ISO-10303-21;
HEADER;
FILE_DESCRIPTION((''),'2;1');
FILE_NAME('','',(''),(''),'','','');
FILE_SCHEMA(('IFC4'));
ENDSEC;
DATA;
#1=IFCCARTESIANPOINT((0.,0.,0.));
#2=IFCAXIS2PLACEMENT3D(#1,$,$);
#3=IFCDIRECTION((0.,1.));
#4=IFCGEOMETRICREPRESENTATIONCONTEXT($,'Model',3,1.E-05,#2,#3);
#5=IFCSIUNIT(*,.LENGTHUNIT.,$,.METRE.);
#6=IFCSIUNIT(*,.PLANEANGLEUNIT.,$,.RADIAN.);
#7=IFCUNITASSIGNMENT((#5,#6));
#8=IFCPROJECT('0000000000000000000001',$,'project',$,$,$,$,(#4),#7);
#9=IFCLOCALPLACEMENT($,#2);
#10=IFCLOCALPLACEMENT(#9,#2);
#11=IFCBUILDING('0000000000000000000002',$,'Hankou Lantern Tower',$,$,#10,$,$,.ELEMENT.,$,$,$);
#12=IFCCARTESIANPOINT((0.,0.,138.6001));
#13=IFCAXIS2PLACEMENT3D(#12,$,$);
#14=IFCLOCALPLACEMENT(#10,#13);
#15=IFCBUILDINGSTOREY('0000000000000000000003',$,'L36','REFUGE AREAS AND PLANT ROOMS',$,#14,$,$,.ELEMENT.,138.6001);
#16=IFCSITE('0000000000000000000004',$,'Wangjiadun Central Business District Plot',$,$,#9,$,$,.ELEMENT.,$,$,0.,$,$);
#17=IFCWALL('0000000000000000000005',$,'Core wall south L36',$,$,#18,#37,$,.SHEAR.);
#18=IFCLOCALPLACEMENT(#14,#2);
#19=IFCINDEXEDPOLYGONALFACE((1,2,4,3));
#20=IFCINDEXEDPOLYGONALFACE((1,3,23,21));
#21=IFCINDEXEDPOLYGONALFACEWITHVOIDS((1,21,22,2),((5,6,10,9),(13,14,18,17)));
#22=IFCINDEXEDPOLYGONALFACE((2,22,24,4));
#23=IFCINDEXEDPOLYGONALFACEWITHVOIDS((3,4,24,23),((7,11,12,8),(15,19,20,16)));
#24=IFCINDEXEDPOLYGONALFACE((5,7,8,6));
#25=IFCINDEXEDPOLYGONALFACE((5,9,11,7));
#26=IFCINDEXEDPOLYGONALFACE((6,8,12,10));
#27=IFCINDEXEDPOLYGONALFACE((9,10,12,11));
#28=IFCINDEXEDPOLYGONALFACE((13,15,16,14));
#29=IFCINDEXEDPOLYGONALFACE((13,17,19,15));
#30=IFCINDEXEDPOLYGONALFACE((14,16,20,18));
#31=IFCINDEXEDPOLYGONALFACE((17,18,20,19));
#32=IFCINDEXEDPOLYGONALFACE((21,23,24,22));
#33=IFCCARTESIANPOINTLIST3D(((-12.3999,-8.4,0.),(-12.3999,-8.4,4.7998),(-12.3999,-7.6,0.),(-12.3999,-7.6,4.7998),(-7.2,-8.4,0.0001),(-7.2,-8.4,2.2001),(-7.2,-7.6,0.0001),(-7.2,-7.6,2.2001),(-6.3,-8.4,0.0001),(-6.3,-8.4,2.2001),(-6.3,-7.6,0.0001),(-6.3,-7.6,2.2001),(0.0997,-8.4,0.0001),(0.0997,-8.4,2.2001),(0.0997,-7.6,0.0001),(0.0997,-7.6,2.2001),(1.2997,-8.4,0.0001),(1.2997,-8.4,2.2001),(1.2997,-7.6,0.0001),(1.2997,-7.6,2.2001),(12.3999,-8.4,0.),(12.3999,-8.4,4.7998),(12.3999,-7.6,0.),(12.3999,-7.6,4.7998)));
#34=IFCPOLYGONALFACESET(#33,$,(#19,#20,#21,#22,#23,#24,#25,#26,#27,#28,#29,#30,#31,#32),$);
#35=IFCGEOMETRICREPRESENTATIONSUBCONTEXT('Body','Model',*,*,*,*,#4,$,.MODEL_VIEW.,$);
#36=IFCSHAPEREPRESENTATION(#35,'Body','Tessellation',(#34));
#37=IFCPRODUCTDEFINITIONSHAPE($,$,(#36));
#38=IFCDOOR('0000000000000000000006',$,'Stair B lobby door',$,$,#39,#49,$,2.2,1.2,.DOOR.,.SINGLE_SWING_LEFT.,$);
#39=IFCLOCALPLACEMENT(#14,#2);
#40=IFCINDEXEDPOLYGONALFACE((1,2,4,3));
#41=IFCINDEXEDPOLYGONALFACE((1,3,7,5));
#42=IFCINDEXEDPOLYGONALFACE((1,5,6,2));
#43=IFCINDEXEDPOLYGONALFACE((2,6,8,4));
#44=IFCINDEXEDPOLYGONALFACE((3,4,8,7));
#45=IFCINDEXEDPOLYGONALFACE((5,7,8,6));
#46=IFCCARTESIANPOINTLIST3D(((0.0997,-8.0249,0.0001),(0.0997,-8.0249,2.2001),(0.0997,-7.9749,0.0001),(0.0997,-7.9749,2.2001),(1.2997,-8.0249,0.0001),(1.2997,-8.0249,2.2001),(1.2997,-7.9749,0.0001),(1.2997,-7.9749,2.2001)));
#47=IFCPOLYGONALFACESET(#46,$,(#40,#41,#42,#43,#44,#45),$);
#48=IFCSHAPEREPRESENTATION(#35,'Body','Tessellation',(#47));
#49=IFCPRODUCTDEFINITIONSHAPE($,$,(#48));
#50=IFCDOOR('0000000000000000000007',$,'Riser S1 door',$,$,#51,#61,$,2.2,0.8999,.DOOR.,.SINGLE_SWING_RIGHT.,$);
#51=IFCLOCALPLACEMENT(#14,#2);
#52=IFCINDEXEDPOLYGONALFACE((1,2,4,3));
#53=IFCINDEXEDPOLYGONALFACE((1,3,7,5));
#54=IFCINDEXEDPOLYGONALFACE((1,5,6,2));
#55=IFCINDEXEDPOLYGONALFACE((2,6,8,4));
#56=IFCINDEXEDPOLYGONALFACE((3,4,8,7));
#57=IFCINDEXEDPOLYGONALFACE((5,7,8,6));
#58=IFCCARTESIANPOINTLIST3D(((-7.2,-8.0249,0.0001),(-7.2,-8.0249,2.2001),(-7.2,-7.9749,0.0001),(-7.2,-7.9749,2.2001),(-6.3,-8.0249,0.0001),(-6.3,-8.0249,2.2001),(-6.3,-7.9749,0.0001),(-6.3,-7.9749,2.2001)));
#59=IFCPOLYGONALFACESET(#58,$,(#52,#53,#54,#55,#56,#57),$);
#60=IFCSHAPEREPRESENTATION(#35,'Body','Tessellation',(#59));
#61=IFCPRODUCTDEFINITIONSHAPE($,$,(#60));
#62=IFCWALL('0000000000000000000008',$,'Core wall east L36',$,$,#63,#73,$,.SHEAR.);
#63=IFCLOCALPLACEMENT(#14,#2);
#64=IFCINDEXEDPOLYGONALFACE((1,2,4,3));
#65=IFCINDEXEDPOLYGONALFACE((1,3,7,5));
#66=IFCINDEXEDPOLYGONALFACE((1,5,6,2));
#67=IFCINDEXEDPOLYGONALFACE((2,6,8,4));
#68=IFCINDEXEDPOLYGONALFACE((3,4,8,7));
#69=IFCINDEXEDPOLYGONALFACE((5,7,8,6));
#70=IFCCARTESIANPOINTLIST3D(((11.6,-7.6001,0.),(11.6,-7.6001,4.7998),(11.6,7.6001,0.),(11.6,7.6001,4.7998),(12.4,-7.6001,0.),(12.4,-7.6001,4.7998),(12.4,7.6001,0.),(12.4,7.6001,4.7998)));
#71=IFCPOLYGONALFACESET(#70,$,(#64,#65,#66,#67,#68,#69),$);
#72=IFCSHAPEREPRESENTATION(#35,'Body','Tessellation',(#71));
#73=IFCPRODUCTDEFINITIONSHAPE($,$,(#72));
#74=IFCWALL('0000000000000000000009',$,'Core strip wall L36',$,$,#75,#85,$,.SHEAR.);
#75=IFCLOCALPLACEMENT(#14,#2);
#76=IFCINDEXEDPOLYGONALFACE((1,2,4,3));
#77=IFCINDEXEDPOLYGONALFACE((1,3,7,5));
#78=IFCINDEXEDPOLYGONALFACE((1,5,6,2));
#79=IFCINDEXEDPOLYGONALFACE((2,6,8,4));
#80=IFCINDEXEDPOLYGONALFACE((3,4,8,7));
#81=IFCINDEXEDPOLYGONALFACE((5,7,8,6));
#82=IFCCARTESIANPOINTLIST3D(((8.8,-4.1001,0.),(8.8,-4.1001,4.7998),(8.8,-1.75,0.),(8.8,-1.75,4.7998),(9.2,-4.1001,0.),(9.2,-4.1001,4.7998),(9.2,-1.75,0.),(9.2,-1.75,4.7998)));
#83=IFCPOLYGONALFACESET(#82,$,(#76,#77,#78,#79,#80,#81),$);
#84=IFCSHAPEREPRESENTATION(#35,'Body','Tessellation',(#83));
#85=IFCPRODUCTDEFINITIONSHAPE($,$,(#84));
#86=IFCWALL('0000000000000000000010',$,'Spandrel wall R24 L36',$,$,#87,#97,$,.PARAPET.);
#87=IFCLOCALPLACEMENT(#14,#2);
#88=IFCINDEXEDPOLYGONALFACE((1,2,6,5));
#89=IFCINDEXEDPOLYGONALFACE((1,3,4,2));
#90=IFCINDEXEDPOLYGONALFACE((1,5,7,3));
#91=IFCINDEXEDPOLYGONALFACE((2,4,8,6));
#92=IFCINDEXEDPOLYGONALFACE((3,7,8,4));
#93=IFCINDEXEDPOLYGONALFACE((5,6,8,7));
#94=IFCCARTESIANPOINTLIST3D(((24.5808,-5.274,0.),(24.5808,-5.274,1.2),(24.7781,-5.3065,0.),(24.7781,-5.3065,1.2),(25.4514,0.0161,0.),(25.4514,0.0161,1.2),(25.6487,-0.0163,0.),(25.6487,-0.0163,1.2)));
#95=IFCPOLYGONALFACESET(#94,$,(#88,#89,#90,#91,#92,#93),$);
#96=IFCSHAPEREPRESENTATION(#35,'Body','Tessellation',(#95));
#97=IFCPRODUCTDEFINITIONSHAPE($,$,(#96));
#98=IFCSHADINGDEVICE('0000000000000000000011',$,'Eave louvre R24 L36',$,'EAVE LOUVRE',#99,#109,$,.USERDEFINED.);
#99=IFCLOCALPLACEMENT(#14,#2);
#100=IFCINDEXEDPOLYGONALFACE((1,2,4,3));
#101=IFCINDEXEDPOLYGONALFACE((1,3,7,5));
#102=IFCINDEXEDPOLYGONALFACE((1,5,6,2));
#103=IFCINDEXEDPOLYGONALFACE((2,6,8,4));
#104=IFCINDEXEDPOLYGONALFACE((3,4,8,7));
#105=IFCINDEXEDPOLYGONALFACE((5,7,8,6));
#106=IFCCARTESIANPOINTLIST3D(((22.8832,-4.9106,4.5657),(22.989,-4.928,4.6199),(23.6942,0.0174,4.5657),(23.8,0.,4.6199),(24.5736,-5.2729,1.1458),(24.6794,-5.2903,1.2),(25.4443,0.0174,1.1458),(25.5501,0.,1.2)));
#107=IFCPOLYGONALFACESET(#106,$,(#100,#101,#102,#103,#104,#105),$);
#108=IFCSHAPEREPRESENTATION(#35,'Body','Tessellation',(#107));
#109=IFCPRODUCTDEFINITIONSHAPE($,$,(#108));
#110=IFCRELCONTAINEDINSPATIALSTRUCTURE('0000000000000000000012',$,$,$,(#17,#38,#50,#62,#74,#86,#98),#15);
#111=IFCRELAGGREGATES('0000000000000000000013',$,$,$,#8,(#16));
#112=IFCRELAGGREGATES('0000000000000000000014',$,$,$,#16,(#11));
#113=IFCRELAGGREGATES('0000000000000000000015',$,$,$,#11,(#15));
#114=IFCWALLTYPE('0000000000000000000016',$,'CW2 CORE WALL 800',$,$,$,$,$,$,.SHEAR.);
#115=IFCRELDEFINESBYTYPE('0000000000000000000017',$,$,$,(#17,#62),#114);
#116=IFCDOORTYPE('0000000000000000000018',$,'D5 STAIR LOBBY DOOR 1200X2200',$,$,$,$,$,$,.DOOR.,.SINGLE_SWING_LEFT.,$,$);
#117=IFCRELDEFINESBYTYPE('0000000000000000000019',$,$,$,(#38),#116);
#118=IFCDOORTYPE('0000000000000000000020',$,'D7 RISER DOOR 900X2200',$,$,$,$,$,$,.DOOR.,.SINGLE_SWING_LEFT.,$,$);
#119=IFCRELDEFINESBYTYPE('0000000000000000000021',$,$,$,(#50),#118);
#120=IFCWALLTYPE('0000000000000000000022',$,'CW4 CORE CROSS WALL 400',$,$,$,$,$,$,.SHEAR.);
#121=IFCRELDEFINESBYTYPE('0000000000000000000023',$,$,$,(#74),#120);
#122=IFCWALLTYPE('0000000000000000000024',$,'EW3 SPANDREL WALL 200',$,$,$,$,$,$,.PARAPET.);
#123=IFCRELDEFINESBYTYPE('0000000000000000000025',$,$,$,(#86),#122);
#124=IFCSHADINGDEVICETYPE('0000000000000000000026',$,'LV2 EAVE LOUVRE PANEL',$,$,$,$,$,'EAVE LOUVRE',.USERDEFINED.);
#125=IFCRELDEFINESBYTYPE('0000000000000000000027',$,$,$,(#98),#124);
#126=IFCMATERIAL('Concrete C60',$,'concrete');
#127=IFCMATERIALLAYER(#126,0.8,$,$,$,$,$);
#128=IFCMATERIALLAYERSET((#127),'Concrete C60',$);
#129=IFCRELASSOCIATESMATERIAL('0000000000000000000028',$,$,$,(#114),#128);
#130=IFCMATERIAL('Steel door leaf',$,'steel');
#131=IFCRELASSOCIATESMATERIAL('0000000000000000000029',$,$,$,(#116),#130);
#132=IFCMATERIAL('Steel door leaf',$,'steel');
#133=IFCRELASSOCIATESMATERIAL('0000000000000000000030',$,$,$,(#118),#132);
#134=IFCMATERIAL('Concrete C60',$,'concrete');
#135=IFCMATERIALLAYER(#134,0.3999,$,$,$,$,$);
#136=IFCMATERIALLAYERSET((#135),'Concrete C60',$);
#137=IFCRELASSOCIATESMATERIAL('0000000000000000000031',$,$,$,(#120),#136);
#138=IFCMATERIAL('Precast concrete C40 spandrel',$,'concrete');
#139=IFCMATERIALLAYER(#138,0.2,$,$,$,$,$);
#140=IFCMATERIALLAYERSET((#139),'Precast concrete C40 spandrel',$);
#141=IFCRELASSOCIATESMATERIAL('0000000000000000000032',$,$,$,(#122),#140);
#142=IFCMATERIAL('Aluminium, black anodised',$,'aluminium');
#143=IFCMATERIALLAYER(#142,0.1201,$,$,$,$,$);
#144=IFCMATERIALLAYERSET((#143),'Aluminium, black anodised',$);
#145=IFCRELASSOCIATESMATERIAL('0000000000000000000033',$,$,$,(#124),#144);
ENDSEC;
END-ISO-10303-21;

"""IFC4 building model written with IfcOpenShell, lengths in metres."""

from ifc_helpers import new_model, si_unit, direction, frame, frame_2d, origin, place, context, subcontext, project, spatial, polyline, rectangle, outline, extrude, material, layer, layer_set, type_object, element, fill, save


model = new_model("IFC4")

# Units and contexts
model_context = context("Model", 3, precision=1e-05, world=origin(), true_north=direction((0.0, 1.0)))
body_context = subcontext(model_context, "Body", "Model", "MODEL_VIEW")
ifc_project = project(units=[si_unit("LENGTHUNIT", "METRE"), si_unit("PLANEANGLEUNIT", "RADIAN")], contexts=[model_context])

# Site, building, storey
site_placement = place(None, origin())
site = spatial("IfcSite", under=ifc_project, at=site_placement, Name="Wangjiadun Central Business District Plot", CompositionType="ELEMENT", RefElevation=0.0)
building_placement = place(site_placement, origin())
building = spatial("IfcBuilding", under=site, at=building_placement, Name="Hankou Lantern Tower", CompositionType="ELEMENT")
storey_placement = place(building_placement, frame((0.0, 0.0, 138.6001)))
storey = spatial("IfcBuildingStorey", under=building, at=storey_placement, Name="L36", Description="REFUGE AREAS AND PLANT ROOMS", CompositionType="ELEMENT", Elevation=138.6001)

# Wall, openings, doors
ifc_material_1 = material(Name="Concrete C60", Category="concrete")
ifc_layer_1 = layer(ifc_material_1, 0.8)
ifc_layer_set_1 = layer_set([ifc_layer_1], Name="Concrete C60")
wall_type_1 = type_object("IfcWallType", Name="CW2 CORE WALL 800", PredefinedType="SHEAR", material=ifc_layer_set_1)
wall_1_placement = place(storey_placement, frame((12.3999, -8.0, 0.0), z_axis=(0.0, 0.0, 1.0), x_axis=(-1.0, 0.0, 0.0)))
wall_1 = element("IfcWall", 1, at=wall_1_placement, inside=storey, type_object=wall_type_1, Name="Core wall south L36", PredefinedType="SHEAR", context=body_context, shape_type="SweptSolid", body=[
    extrude(rectangle(XDim=24.7998, YDim=0.8, at=frame_2d((12.3999, 0.0))), origin(), (0.0, 0.0, 1.0), 4.7998),
])
opening_1_placement = place(wall_1_placement, frame((11.1001, 0.0, 0.0)))
opening_1 = element("IfcOpeningElement", 2, at=opening_1_placement, cuts=wall_1, PredefinedType="OPENING", context=body_context, shape_type="SweptSolid", body=[
    extrude(rectangle(XDim=1.2, YDim=2.2, at=frame_2d((0.6001, 1.1001))), frame((0.0, 0.4099, 0.0), z_axis=(0.0, -1.0, 0.0), x_axis=(1.0, 0.0, 0.0)), (0.0, 0.0, 1.0), 0.8201),
])
opening_2_placement = place(wall_1_placement, frame((18.7, 0.0, 0.0)))
opening_2 = element("IfcOpeningElement", 3, at=opening_2_placement, cuts=wall_1, PredefinedType="OPENING", context=body_context, shape_type="SweptSolid", body=[
    extrude(rectangle(XDim=0.8999, YDim=2.2, at=frame_2d((0.45, 1.1001))), frame((0.0, 0.4099, 0.0), z_axis=(0.0, -1.0, 0.0), x_axis=(1.0, 0.0, 0.0)), (0.0, 0.0, 1.0), 0.8201),
])
ifc_material_2 = material(Name="Steel door leaf", Category="steel")
door_type_1 = type_object("IfcDoorType", Name="D5 STAIR LOBBY DOOR 1200X2200", OperationType="SINGLE_SWING_LEFT", PredefinedType="DOOR", material=ifc_material_2)
door_1_placement = place(opening_1_placement, origin())
door_1 = element("IfcDoor", 4, at=door_1_placement, inside=storey, type_object=door_type_1, Name="Stair B lobby door", OperationType="SINGLE_SWING_LEFT", OverallHeight=2.2, OverallWidth=1.2, PredefinedType="DOOR", context=body_context, shape_type="SweptSolid", body=[
    extrude(rectangle(XDim=1.2, YDim=2.2, at=frame_2d((0.6001, 1.1001))), frame((0.0, 0.0249, 0.0), z_axis=(0.0, -1.0, 0.0), x_axis=(1.0, 0.0, 0.0)), (0.0, 0.0, 1.0), 0.05),
])
fill(opening_1, door_1)
ifc_material_3 = material(Name="Steel door leaf", Category="steel")
door_type_2 = type_object("IfcDoorType", Name="D7 RISER DOOR 900X2200", OperationType="SINGLE_SWING_LEFT", PredefinedType="DOOR", material=ifc_material_3)
door_2_placement = place(opening_2_placement, origin())
door_2 = element("IfcDoor", 5, at=door_2_placement, inside=storey, type_object=door_type_2, Name="Riser S1 door", OperationType="SINGLE_SWING_RIGHT", OverallHeight=2.2, OverallWidth=0.8999, PredefinedType="DOOR", context=body_context, shape_type="SweptSolid", body=[
    extrude(rectangle(XDim=0.8999, YDim=2.2, at=frame_2d((0.45, 1.1001))), frame((0.0, 0.0249, 0.0), z_axis=(0.0, -1.0, 0.0), x_axis=(1.0, 0.0, 0.0)), (0.0, 0.0, 1.0), 0.05),
])
fill(opening_2, door_2)

# Walls
wall_2_placement = place(storey_placement, frame((12.0, -7.6001, 0.0), z_axis=(0.0, 0.0, 1.0), x_axis=(0.0, 1.0, 0.0)))
element("IfcWall", 6, at=wall_2_placement, inside=storey, type_object=wall_type_1, Name="Core wall east L36", PredefinedType="SHEAR", context=body_context, shape_type="SweptSolid", body=[
    extrude(rectangle(XDim=15.2002, YDim=0.8, at=frame_2d((7.6001, 0.0))), origin(), (0.0, 0.0, 1.0), 4.7998),
])
ifc_material_4 = material(Name="Concrete C60", Category="concrete")
ifc_layer_2 = layer(ifc_material_4, 0.3999)
ifc_layer_set_2 = layer_set([ifc_layer_2], Name="Concrete C60")
wall_type_2 = type_object("IfcWallType", Name="CW4 CORE CROSS WALL 400", PredefinedType="SHEAR", material=ifc_layer_set_2)
wall_3_placement = place(storey_placement, frame((9.0, -4.1001, 0.0), z_axis=(0.0, 0.0, 1.0), x_axis=(0.0, 1.0, 0.0)))
element("IfcWall", 7, at=wall_3_placement, inside=storey, type_object=wall_type_2, Name="Core strip wall L36", PredefinedType="SHEAR", context=body_context, shape_type="SweptSolid", body=[
    extrude(rectangle(XDim=2.3501, YDim=0.3999, at=frame_2d((1.175, 0.0))), origin(), (0.0, 0.0, 1.0), 4.7998),
])
ifc_material_5 = material(Name="Precast concrete C40 spandrel", Category="concrete")
ifc_layer_3 = layer(ifc_material_5, 0.2)
ifc_layer_set_3 = layer_set([ifc_layer_3], Name="Precast concrete C40 spandrel")
wall_type_3 = type_object("IfcWallType", Name="EW3 SPANDREL WALL 200", PredefinedType="PARAPET", material=ifc_layer_set_3)
wall_4_placement = place(storey_placement, frame((24.6794, -5.2903, 0.0), z_axis=(0.0, 0.0, 1.0), x_axis=(0.162383, 0.986728, 0.0)))
element("IfcWall", 8, at=wall_4_placement, inside=storey, type_object=wall_type_3, Name="Spandrel wall R24 L36", PredefinedType="PARAPET", context=body_context, shape_type="SweptSolid", body=[
    extrude(rectangle(XDim=5.3613, YDim=0.2, at=frame_2d((2.6807, 0.0))), origin(), (0.0, 0.0, 1.0), 1.2),
])

# Shading device
ifc_material_6 = material(Name="Aluminium, black anodised", Category="aluminium")
ifc_layer_4 = layer(ifc_material_6, 0.1201)
ifc_layer_set_4 = layer_set([ifc_layer_4], Name="Aluminium, black anodised")
shading_device_type = type_object("IfcShadingDeviceType", Name="LV2 EAVE LOUVRE PANEL", ElementType="EAVE LOUVRE", PredefinedType="USERDEFINED", material=ifc_layer_set_4)
shading_device_placement = place(storey_placement, frame((24.6794, -5.2903, 1.2), z_axis=(0.880814, -0.144957, 0.450726), x_axis=(0.162387, 0.986727, 0.000002)))
element("IfcShadingDevice", 9, at=shading_device_placement, inside=storey, type_object=shading_device_type, Name="Eave louvre R24 L36", ObjectType="EAVE LOUVRE", PredefinedType="USERDEFINED", context=body_context, shape_type="SweptSolid", body=[
    extrude(outline(polyline([(0.0, 0.0), (5.3614, 0.0), (5.0773, 3.8311), (0.083, 3.8312), (0.0, 0.0)])), origin(), (0.0, 0.0, -1.0), 0.1201),
])

save(model, "model.ifc")
